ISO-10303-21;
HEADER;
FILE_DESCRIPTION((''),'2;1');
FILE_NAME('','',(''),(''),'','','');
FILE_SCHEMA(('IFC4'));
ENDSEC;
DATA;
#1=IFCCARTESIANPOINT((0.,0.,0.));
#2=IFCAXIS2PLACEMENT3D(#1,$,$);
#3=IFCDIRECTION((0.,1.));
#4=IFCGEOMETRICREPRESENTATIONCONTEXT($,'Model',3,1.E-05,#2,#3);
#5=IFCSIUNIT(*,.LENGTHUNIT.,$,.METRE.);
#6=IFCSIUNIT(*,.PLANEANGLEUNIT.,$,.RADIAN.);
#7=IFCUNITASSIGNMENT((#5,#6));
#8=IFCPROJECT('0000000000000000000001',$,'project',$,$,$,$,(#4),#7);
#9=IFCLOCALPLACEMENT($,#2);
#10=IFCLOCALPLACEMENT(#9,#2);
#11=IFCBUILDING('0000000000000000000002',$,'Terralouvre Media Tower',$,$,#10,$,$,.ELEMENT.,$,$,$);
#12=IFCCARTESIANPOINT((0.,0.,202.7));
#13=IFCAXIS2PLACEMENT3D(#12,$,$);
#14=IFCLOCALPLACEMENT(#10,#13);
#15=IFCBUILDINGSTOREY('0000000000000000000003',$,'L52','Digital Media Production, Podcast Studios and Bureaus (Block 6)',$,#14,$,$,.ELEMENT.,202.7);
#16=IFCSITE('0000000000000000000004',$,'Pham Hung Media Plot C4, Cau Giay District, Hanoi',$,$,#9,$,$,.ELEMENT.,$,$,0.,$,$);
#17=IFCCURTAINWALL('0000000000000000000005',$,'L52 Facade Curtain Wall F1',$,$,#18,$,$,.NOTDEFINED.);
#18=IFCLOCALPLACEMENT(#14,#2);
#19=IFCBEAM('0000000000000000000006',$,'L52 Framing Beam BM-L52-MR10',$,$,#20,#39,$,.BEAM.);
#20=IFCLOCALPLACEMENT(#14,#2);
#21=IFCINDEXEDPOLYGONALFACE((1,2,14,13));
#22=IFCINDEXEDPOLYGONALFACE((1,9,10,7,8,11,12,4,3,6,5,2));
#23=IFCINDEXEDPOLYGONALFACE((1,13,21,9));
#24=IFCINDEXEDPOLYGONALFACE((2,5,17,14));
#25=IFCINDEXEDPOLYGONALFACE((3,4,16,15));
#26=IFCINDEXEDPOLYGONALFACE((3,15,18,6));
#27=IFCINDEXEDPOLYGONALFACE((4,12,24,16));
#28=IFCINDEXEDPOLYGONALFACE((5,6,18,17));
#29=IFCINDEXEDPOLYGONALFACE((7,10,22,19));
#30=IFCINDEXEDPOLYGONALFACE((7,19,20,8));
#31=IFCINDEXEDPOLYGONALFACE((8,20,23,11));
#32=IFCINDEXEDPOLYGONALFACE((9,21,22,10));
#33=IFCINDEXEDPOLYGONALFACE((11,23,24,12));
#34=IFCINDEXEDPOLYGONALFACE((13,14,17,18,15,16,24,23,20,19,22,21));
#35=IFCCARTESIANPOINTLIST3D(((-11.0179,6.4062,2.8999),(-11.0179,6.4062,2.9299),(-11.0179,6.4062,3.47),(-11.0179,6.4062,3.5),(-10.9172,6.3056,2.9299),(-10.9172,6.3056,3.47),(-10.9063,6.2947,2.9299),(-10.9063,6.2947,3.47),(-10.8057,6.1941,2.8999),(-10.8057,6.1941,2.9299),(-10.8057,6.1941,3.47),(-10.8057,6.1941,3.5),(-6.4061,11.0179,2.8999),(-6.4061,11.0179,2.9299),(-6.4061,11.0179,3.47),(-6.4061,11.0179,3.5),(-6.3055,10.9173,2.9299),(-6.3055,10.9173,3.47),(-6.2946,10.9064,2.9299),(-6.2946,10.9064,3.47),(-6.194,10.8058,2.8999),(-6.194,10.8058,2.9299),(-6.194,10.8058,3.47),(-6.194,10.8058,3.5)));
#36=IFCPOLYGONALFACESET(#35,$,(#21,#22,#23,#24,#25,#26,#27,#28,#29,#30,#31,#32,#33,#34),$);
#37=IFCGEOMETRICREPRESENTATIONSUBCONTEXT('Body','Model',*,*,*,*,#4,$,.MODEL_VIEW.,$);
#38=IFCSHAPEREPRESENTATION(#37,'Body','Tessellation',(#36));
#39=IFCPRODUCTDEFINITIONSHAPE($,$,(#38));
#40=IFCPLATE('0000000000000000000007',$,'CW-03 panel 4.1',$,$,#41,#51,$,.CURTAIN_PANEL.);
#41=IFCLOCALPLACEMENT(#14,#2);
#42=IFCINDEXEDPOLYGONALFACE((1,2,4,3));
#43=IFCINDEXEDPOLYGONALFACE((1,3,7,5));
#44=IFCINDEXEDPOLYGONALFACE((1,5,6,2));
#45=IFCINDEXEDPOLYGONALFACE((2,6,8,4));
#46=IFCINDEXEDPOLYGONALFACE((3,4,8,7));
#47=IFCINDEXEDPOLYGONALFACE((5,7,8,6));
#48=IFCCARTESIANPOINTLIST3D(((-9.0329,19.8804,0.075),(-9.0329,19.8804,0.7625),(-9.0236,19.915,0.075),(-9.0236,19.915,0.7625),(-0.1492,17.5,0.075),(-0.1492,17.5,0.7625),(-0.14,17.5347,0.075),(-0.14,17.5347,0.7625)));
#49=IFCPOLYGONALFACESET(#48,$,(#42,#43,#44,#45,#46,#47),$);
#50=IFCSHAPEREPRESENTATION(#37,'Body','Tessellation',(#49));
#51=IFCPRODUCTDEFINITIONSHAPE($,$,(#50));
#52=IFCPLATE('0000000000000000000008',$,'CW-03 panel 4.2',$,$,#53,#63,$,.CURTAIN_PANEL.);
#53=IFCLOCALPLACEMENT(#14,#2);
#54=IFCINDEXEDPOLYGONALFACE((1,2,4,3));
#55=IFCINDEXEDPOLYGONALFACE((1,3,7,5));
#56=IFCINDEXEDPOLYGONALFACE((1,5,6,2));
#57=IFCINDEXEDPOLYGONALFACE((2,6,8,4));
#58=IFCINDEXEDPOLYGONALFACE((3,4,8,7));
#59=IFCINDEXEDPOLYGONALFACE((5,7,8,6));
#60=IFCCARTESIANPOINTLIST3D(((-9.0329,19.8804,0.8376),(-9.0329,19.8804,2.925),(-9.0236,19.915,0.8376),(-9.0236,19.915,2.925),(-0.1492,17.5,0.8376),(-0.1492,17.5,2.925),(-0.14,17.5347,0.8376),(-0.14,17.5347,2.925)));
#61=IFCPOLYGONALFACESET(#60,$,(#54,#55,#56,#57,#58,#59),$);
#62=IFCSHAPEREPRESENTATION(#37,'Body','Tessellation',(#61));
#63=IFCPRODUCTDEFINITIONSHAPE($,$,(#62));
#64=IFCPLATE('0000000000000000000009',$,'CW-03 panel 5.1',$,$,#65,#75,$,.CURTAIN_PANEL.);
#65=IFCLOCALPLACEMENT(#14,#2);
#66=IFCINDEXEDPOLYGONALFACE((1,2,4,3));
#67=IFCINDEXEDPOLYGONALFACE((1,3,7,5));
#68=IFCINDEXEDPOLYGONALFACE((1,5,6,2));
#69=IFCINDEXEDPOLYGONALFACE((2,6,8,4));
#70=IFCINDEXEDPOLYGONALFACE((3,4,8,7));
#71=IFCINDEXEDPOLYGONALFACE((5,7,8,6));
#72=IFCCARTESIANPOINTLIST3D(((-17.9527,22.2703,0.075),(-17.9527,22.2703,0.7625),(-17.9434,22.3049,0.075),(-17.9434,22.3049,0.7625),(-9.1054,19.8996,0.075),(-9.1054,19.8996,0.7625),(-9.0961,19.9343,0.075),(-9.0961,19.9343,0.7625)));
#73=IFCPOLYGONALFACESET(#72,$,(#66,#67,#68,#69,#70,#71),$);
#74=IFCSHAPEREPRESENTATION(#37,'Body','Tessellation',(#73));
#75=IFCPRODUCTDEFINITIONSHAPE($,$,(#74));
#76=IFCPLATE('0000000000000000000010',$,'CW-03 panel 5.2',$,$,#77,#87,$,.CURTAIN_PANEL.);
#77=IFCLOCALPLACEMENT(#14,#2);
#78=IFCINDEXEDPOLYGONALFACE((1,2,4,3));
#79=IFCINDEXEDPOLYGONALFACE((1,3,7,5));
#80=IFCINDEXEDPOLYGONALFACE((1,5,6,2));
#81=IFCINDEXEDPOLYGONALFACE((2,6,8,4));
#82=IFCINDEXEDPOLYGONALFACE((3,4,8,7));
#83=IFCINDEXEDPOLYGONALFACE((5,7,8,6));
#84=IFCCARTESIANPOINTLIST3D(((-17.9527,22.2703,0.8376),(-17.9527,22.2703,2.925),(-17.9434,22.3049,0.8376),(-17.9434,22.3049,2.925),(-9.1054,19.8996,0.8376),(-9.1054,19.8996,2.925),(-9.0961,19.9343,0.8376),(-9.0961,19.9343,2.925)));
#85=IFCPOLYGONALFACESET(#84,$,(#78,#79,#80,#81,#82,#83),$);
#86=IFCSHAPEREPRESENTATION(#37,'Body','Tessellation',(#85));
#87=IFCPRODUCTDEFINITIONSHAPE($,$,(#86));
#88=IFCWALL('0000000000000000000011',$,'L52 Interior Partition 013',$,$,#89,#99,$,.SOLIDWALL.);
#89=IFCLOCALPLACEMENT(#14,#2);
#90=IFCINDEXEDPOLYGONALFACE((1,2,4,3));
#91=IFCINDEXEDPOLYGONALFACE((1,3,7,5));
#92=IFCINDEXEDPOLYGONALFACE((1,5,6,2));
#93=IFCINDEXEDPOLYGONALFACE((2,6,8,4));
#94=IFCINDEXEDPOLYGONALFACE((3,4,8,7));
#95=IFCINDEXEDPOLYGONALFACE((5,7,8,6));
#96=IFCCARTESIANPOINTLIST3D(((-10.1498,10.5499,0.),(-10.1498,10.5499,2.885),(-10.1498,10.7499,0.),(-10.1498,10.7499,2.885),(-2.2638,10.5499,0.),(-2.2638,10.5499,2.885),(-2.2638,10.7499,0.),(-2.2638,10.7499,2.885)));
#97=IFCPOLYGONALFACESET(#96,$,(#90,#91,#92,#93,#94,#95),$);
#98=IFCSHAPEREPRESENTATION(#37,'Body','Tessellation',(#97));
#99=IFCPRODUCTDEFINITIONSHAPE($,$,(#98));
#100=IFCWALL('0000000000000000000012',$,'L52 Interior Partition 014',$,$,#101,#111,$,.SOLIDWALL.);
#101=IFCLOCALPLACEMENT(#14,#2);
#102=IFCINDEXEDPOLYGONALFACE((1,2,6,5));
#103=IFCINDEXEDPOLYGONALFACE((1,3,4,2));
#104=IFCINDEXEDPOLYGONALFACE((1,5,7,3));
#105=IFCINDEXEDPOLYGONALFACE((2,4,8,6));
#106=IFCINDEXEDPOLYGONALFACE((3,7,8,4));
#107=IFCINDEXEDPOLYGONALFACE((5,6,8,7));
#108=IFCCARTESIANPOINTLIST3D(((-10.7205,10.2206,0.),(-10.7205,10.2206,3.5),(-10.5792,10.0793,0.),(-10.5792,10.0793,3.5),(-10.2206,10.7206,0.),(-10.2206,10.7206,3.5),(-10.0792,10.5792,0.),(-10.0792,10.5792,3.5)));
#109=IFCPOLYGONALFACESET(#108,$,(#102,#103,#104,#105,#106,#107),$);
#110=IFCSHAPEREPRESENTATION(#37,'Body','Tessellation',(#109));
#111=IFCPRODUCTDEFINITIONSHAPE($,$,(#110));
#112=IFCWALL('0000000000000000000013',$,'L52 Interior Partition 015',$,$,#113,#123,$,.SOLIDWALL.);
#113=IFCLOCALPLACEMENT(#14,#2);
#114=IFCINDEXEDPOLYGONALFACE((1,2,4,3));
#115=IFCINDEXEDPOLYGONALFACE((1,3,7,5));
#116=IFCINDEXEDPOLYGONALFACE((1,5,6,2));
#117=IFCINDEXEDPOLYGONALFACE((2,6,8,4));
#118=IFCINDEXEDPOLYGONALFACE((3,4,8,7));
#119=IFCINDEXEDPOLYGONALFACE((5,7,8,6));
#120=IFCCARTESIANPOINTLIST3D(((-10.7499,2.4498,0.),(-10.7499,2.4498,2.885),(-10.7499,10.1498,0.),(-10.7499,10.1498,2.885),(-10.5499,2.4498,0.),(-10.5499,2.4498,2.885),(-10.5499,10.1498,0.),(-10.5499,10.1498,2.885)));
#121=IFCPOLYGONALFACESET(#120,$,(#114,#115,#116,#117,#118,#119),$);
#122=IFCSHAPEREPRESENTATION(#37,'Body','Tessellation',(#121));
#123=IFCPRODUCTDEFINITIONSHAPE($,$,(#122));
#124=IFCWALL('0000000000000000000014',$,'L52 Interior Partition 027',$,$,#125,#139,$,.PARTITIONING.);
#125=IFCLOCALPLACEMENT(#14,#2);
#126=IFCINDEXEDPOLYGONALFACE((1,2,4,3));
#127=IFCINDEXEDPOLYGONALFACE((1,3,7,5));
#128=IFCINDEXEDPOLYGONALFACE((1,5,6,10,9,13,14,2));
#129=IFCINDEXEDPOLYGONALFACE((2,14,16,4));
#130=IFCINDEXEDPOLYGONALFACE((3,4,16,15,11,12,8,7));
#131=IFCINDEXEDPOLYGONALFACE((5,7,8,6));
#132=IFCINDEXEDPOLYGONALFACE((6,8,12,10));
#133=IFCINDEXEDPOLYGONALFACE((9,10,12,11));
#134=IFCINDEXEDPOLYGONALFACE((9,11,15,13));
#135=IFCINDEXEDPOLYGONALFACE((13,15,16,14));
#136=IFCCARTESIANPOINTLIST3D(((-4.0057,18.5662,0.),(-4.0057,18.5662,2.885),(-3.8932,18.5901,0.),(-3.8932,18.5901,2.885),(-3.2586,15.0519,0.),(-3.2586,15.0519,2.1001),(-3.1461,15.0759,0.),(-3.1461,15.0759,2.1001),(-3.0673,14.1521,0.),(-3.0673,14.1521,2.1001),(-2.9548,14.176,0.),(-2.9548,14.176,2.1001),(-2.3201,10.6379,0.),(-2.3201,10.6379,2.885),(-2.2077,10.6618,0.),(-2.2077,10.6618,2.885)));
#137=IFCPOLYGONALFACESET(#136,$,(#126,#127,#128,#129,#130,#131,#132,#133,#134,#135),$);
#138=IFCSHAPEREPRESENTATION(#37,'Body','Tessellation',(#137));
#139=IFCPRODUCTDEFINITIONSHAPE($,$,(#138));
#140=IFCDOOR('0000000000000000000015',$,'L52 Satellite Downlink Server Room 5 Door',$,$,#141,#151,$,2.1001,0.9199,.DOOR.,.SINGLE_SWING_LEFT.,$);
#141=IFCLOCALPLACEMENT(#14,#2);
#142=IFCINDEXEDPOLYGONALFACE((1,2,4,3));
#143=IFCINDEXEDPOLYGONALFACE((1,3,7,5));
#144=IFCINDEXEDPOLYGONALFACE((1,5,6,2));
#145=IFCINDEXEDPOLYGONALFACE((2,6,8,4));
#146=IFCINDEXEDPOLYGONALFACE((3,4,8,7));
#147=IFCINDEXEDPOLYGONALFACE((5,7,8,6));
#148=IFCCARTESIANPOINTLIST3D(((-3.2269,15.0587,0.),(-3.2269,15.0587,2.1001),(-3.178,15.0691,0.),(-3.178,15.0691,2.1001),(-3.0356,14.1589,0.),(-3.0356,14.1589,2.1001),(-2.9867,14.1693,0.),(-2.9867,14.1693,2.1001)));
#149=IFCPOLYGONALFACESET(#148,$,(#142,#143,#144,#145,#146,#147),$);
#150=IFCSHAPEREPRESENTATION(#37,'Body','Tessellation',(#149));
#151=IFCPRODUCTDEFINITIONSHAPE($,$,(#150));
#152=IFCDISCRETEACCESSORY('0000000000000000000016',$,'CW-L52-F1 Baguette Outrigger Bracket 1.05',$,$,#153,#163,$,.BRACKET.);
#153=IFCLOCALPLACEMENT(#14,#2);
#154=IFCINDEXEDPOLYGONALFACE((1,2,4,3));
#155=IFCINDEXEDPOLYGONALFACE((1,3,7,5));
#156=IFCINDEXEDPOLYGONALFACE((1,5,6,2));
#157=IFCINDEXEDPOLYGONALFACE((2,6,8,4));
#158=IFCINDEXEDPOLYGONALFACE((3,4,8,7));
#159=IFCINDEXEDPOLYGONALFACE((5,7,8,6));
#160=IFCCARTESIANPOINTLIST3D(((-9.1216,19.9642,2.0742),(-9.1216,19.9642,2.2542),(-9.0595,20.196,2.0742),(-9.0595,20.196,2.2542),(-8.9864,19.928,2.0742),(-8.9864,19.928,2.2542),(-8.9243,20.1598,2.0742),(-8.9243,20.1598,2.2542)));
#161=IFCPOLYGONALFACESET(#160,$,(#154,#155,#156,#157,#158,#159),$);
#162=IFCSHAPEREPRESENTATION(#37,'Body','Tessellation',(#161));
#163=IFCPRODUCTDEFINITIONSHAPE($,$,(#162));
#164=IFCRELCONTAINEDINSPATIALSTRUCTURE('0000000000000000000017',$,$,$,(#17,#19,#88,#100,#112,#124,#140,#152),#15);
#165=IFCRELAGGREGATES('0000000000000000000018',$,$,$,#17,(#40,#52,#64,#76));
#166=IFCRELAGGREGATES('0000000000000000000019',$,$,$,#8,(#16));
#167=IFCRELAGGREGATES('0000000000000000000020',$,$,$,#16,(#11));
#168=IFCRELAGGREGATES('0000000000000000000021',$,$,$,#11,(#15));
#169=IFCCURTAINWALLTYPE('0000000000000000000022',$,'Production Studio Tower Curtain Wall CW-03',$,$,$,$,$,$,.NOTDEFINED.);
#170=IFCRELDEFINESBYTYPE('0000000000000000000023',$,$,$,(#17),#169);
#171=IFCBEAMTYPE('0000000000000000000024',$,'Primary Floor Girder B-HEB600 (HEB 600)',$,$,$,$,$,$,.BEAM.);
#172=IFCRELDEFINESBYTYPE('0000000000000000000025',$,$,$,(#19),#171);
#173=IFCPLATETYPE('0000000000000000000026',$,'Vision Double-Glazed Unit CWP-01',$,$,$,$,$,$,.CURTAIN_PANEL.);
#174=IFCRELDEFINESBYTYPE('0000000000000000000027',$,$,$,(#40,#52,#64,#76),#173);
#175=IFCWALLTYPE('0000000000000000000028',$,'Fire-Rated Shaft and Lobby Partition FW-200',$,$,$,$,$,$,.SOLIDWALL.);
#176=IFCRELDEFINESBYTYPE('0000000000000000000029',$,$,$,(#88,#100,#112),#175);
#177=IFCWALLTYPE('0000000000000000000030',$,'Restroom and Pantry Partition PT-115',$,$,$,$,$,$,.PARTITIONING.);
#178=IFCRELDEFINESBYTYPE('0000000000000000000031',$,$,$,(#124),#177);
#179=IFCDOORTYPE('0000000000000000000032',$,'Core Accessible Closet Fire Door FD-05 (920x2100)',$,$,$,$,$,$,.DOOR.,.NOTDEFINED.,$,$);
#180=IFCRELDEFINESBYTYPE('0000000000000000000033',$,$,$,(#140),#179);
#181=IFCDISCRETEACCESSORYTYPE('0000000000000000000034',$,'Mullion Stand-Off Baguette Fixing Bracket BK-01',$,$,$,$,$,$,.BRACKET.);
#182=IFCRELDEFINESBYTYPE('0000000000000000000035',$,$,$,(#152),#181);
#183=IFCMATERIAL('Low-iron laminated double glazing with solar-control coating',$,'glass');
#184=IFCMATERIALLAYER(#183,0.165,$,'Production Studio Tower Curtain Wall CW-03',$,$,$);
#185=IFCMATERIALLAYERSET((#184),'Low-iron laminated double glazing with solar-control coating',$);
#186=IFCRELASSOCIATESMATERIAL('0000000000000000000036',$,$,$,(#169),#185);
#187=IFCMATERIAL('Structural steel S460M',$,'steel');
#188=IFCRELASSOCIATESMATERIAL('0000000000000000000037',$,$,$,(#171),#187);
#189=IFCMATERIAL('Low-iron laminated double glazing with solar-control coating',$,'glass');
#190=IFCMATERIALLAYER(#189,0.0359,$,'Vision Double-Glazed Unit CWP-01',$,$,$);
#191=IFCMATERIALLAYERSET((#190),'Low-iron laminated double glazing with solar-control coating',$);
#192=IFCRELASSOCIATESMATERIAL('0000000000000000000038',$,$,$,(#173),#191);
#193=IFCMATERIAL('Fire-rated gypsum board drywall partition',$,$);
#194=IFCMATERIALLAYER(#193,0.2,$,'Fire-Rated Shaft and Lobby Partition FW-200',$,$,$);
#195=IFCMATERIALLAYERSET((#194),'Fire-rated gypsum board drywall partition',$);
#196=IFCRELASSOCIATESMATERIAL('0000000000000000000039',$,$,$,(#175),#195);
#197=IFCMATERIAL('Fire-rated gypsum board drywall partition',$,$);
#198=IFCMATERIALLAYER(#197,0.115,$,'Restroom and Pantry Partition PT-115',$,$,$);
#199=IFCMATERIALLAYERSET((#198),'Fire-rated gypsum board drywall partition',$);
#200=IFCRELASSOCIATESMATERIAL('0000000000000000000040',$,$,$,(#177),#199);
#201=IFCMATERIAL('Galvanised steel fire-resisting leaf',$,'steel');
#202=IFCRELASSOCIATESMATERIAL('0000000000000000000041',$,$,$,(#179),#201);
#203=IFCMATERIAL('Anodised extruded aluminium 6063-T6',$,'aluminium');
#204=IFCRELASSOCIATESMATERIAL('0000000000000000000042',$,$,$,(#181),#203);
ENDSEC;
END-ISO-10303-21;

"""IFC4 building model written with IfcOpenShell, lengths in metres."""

from ifc_helpers import new_model, si_unit, direction, frame, frame_2d, origin, origin_2d, place, context, subcontext, project, spatial, rectangle, i_section, extrude, material, layer, layer_set, material_profile, profile_set, type_object, element, fill, aggregate, save


model = new_model("IFC4")

# Units and contexts
model_context = context("Model", 3, precision=1e-05, world=origin(), true_north=direction((0.0, 1.0)))
body_context = subcontext(model_context, "Body", "Model", "MODEL_VIEW")
ifc_project = project(units=[si_unit("LENGTHUNIT", "METRE"), si_unit("PLANEANGLEUNIT", "RADIAN")], contexts=[model_context])

# Site, building, storey
site_placement = place(None, origin())
site = spatial("IfcSite", under=ifc_project, at=site_placement, Name="Pham Hung Media Plot C4, Cau Giay District, Hanoi", CompositionType="ELEMENT", RefElevation=0.0)
building_placement = place(site_placement, origin())
building = spatial("IfcBuilding", under=site, at=building_placement, Name="Terralouvre Media Tower", CompositionType="ELEMENT")
storey_placement = place(building_placement, frame((0.0, 0.0, 202.7)))
storey = spatial("IfcBuildingStorey", under=building, at=storey_placement, Name="L52", Description="Digital Media Production, Podcast Studios and Bureaus (Block 6)", CompositionType="ELEMENT", Elevation=202.7)

# Curtain wall
ifc_material_1 = material(Name="Low-iron laminated double glazing with solar-control coating", Category="glass")
ifc_layer_1 = layer(ifc_material_1, 0.165, Name="Production Studio Tower Curtain Wall CW-03")
ifc_layer_set_1 = layer_set([ifc_layer_1], Name="Low-iron laminated double glazing with solar-control coating")
curtain_wall_type_1 = type_object("IfcCurtainWallType", Name="Production Studio Tower Curtain Wall CW-03", PredefinedType="NOTDEFINED", material=ifc_layer_set_1)
curtain_wall_1_placement = place(storey_placement, origin())
curtain_wall_1 = element("IfcCurtainWall", 1, at=curtain_wall_1_placement, inside=storey, type_object=curtain_wall_type_1, Name="L52 Facade Curtain Wall F1", PredefinedType="NOTDEFINED")

# Beam
ifc_material_2 = material(Name="Structural steel S460M", Category="steel")
ifc_material_profile_1 = material_profile(ifc_material_2, i_section(OverallWidth=0.3, OverallDepth=0.6001, WebThickness=0.0154, FlangeThickness=0.03, at=origin_2d()), Name="HEB 600")
ifc_profile_set_1 = profile_set([ifc_material_profile_1], Name="Structural steel S460M")
beam_type_1 = type_object("IfcBeamType", Name="Primary Floor Girder B-HEB600 (HEB 600)", PredefinedType="BEAM", material=ifc_profile_set_1)
beam_1_placement = place(storey_placement, frame((-6.3, 10.9119, 3.2), z_axis=(-0.707107, -0.707107, 0.0), x_axis=(0.707107, -0.707107, 0.0)))
element("IfcBeam", 2, at=beam_1_placement, inside=storey, type_object=beam_type_1, Name="L52 Framing Beam BM-L52-MR10", PredefinedType="BEAM", context=body_context, shape_type="SweptSolid", body=[
    extrude(i_section(OverallWidth=0.3, OverallDepth=0.6001, WebThickness=0.0154, FlangeThickness=0.03, at=origin_2d()), origin(), (0.0, 0.0, 1.0), 6.522),
])

# Plates
ifc_material_3 = material(Name="Low-iron laminated double glazing with solar-control coating", Category="glass")
ifc_layer_2 = layer(ifc_material_3, 0.0359, Name="Vision Double-Glazed Unit CWP-01")
ifc_layer_set_2 = layer_set([ifc_layer_2], Name="Low-iron laminated double glazing with solar-control coating")
plate_type = type_object("IfcPlateType", Name="Vision Double-Glazed Unit CWP-01", PredefinedType="CURTAIN_PANEL", material=ifc_layer_set_2)
plate_1_placement = place(storey_placement, frame((-4.5864, 18.7075, 0.075), z_axis=(0.0, 0.0, 1.0), x_axis=(-0.965926, 0.258819, 0.0)))
plate_1 = element("IfcPlate", 3, at=plate_1_placement, type_object=plate_type, Name="CW-03 panel 4.1", PredefinedType="CURTAIN_PANEL", context=body_context, shape_type="SweptSolid", body=[
    extrude(rectangle(XDim=9.197, YDim=0.0359, at=origin_2d()), origin(), (0.0, 0.0, 1.0), 0.6875),
])
plate_2_placement = place(storey_placement, frame((-4.5864, 18.7075, 0.8376), z_axis=(0.0, 0.0, 1.0), x_axis=(-0.965926, 0.258819, 0.0)))
plate_2 = element("IfcPlate", 4, at=plate_2_placement, type_object=plate_type, Name="CW-03 panel 4.2", PredefinedType="CURTAIN_PANEL", context=body_context, shape_type="SweptSolid", body=[
    extrude(rectangle(XDim=9.197, YDim=0.0359, at=origin_2d()), origin(), (0.0, 0.0, 1.0), 2.0874),
])
plate_3_placement = place(storey_placement, frame((-13.5244, 21.1023, 0.075), z_axis=(0.0, 0.0, 1.0), x_axis=(-0.965926, 0.258819, 0.0)))
plate_3 = element("IfcPlate", 5, at=plate_3_placement, type_object=plate_type, Name="CW-03 panel 5.1", PredefinedType="CURTAIN_PANEL", context=body_context, shape_type="SweptSolid", body=[
    extrude(rectangle(XDim=9.1594, YDim=0.0359, at=origin_2d()), origin(), (0.0, 0.0, 1.0), 0.6875),
])
plate_4_placement = place(storey_placement, frame((-13.5244, 21.1023, 0.8376), z_axis=(0.0, 0.0, 1.0), x_axis=(-0.965926, 0.258819, 0.0)))
plate_4 = element("IfcPlate", 6, at=plate_4_placement, type_object=plate_type, Name="CW-03 panel 5.2", PredefinedType="CURTAIN_PANEL", context=body_context, shape_type="SweptSolid", body=[
    extrude(rectangle(XDim=9.1594, YDim=0.0359, at=origin_2d()), origin(), (0.0, 0.0, 1.0), 2.0874),
])
aggregate(curtain_wall_1, [plate_1, plate_2, plate_3, plate_4])

# Walls
ifc_material_4 = material(Name="Fire-rated gypsum board drywall partition")
ifc_layer_3 = layer(ifc_material_4, 0.2, Name="Fire-Rated Shaft and Lobby Partition FW-200")
ifc_layer_set_3 = layer_set([ifc_layer_3], Name="Fire-rated gypsum board drywall partition")
wall_type_1 = type_object("IfcWallType", Name="Fire-Rated Shaft and Lobby Partition FW-200", PredefinedType="SOLIDWALL", material=ifc_layer_set_3)
wall_1_placement = place(storey_placement, frame((-2.2639, 10.6499, 0.0), z_axis=(0.0, 0.0, 1.0), x_axis=(-1.0, 0.0, 0.0)))
element("IfcWall", 7, at=wall_1_placement, inside=storey, type_object=wall_type_1, Name="L52 Interior Partition 013", PredefinedType="SOLIDWALL", context=body_context, shape_type="SweptSolid", body=[
    extrude(rectangle(XDim=7.886, YDim=0.2, at=frame_2d((3.9429, 0.0))), origin(), (0.0, 0.0, 1.0), 2.885),
])
wall_2_placement = place(storey_placement, frame((-10.1499, 10.6499, 0.0), z_axis=(0.0, 0.0, 1.0), x_axis=(-0.707107, -0.707107, 0.0)))
element("IfcWall", 8, at=wall_2_placement, inside=storey, type_object=wall_type_1, Name="L52 Interior Partition 014", PredefinedType="SOLIDWALL", context=body_context, shape_type="SweptSolid", body=[
    extrude(rectangle(XDim=0.707, YDim=0.2, at=frame_2d((0.3535, 0.0))), origin(), (0.0, 0.0, 1.0), 3.5),
])
wall_3_placement = place(storey_placement, frame((-10.6499, 10.1499, 0.0), z_axis=(0.0, 0.0, 1.0), x_axis=(0.0, -1.0, 0.0)))
element("IfcWall", 9, at=wall_3_placement, inside=storey, type_object=wall_type_1, Name="L52 Interior Partition 015", PredefinedType="SOLIDWALL", context=body_context, shape_type="SweptSolid", body=[
    extrude(rectangle(XDim=7.7, YDim=0.2, at=frame_2d((3.8501, 0.0))), origin(), (0.0, 0.0, 1.0), 2.885),
])

# Wall, opening, door
ifc_material_5 = material(Name="Fire-rated gypsum board drywall partition")
ifc_layer_4 = layer(ifc_material_5, 0.115, Name="Restroom and Pantry Partition PT-115")
ifc_layer_set_4 = layer_set([ifc_layer_4], Name="Fire-rated gypsum board drywall partition")
wall_type_2 = type_object("IfcWallType", Name="Restroom and Pantry Partition PT-115", PredefinedType="PARTITIONING", material=ifc_layer_set_4)
wall_4_placement = place(storey_placement, frame((-3.9495, 18.5781, 0.0), z_axis=(0.0, 0.0, 1.0), x_axis=(0.207953, -0.978139, 0.0)))
wall_4 = element("IfcWall", 10, at=wall_4_placement, inside=storey, type_object=wall_type_2, Name="L52 Interior Partition 027", PredefinedType="PARTITIONING", context=body_context, shape_type="SweptSolid", body=[
    extrude(rectangle(XDim=8.1055, YDim=0.115, at=frame_2d((4.0527, 0.0))), origin(), (0.0, 0.0, 1.0), 2.885),
])
opening_placement = place(wall_4_placement, frame((3.5928, 0.0, 0.0)))
opening = element("IfcOpeningElement", 11, at=opening_placement, cuts=wall_4, PredefinedType="OPENING", context=body_context, shape_type="SweptSolid", body=[
    extrude(rectangle(XDim=0.9199, YDim=2.1001, at=frame_2d((0.46, 1.05))), frame((0.0, 0.0674, 0.0), z_axis=(0.0, -1.0, 0.0), x_axis=(1.0, 0.0, 0.0)), (0.0, 0.0, 1.0), 0.135),
])
ifc_material_6 = material(Name="Galvanised steel fire-resisting leaf", Category="steel")
door_type = type_object("IfcDoorType", Name="Core Accessible Closet Fire Door FD-05 (920x2100)", OperationType="NOTDEFINED", PredefinedType="DOOR", material=ifc_material_6)
door_placement = place(opening_placement, origin())
door = element("IfcDoor", 12, at=door_placement, inside=storey, type_object=door_type, Name="L52 Satellite Downlink Server Room 5 Door", OperationType="SINGLE_SWING_LEFT", OverallHeight=2.1001, OverallWidth=0.9199, PredefinedType="DOOR", context=body_context, shape_type="SweptSolid", body=[
    extrude(rectangle(XDim=0.9199, YDim=2.1001, at=frame_2d((0.46, 1.05))), frame((0.0, 0.0249, 0.0), z_axis=(0.0, -1.0, 0.0), x_axis=(1.0, 0.0, 0.0)), (0.0, 0.0, 1.0), 0.05),
])
fill(opening, door)

# Discrete accessory
ifc_material_7 = material(Name="Anodised extruded aluminium 6063-T6", Category="aluminium")
discrete_accessory_type = type_object("IfcDiscreteAccessoryType", Name="Mullion Stand-Off Baguette Fixing Bracket BK-01", PredefinedType="BRACKET", material=ifc_material_7)
discrete_accessory_placement = place(storey_placement, frame((-9.0229, 20.062, 2.0742), z_axis=(0.0, 0.0, 1.0), x_axis=(-0.965926, 0.258819, 0.0)))
element("IfcDiscreteAccessory", 13, at=discrete_accessory_placement, inside=storey, type_object=discrete_accessory_type, Name="CW-L52-F1 Baguette Outrigger Bracket 1.05", PredefinedType="BRACKET", context=body_context, shape_type="SweptSolid", body=[
    extrude(rectangle(XDim=0.1399, YDim=0.24, at=origin_2d()), origin(), (0.0, 0.0, 1.0), 0.1799),
])

save(model, "model.ifc")
